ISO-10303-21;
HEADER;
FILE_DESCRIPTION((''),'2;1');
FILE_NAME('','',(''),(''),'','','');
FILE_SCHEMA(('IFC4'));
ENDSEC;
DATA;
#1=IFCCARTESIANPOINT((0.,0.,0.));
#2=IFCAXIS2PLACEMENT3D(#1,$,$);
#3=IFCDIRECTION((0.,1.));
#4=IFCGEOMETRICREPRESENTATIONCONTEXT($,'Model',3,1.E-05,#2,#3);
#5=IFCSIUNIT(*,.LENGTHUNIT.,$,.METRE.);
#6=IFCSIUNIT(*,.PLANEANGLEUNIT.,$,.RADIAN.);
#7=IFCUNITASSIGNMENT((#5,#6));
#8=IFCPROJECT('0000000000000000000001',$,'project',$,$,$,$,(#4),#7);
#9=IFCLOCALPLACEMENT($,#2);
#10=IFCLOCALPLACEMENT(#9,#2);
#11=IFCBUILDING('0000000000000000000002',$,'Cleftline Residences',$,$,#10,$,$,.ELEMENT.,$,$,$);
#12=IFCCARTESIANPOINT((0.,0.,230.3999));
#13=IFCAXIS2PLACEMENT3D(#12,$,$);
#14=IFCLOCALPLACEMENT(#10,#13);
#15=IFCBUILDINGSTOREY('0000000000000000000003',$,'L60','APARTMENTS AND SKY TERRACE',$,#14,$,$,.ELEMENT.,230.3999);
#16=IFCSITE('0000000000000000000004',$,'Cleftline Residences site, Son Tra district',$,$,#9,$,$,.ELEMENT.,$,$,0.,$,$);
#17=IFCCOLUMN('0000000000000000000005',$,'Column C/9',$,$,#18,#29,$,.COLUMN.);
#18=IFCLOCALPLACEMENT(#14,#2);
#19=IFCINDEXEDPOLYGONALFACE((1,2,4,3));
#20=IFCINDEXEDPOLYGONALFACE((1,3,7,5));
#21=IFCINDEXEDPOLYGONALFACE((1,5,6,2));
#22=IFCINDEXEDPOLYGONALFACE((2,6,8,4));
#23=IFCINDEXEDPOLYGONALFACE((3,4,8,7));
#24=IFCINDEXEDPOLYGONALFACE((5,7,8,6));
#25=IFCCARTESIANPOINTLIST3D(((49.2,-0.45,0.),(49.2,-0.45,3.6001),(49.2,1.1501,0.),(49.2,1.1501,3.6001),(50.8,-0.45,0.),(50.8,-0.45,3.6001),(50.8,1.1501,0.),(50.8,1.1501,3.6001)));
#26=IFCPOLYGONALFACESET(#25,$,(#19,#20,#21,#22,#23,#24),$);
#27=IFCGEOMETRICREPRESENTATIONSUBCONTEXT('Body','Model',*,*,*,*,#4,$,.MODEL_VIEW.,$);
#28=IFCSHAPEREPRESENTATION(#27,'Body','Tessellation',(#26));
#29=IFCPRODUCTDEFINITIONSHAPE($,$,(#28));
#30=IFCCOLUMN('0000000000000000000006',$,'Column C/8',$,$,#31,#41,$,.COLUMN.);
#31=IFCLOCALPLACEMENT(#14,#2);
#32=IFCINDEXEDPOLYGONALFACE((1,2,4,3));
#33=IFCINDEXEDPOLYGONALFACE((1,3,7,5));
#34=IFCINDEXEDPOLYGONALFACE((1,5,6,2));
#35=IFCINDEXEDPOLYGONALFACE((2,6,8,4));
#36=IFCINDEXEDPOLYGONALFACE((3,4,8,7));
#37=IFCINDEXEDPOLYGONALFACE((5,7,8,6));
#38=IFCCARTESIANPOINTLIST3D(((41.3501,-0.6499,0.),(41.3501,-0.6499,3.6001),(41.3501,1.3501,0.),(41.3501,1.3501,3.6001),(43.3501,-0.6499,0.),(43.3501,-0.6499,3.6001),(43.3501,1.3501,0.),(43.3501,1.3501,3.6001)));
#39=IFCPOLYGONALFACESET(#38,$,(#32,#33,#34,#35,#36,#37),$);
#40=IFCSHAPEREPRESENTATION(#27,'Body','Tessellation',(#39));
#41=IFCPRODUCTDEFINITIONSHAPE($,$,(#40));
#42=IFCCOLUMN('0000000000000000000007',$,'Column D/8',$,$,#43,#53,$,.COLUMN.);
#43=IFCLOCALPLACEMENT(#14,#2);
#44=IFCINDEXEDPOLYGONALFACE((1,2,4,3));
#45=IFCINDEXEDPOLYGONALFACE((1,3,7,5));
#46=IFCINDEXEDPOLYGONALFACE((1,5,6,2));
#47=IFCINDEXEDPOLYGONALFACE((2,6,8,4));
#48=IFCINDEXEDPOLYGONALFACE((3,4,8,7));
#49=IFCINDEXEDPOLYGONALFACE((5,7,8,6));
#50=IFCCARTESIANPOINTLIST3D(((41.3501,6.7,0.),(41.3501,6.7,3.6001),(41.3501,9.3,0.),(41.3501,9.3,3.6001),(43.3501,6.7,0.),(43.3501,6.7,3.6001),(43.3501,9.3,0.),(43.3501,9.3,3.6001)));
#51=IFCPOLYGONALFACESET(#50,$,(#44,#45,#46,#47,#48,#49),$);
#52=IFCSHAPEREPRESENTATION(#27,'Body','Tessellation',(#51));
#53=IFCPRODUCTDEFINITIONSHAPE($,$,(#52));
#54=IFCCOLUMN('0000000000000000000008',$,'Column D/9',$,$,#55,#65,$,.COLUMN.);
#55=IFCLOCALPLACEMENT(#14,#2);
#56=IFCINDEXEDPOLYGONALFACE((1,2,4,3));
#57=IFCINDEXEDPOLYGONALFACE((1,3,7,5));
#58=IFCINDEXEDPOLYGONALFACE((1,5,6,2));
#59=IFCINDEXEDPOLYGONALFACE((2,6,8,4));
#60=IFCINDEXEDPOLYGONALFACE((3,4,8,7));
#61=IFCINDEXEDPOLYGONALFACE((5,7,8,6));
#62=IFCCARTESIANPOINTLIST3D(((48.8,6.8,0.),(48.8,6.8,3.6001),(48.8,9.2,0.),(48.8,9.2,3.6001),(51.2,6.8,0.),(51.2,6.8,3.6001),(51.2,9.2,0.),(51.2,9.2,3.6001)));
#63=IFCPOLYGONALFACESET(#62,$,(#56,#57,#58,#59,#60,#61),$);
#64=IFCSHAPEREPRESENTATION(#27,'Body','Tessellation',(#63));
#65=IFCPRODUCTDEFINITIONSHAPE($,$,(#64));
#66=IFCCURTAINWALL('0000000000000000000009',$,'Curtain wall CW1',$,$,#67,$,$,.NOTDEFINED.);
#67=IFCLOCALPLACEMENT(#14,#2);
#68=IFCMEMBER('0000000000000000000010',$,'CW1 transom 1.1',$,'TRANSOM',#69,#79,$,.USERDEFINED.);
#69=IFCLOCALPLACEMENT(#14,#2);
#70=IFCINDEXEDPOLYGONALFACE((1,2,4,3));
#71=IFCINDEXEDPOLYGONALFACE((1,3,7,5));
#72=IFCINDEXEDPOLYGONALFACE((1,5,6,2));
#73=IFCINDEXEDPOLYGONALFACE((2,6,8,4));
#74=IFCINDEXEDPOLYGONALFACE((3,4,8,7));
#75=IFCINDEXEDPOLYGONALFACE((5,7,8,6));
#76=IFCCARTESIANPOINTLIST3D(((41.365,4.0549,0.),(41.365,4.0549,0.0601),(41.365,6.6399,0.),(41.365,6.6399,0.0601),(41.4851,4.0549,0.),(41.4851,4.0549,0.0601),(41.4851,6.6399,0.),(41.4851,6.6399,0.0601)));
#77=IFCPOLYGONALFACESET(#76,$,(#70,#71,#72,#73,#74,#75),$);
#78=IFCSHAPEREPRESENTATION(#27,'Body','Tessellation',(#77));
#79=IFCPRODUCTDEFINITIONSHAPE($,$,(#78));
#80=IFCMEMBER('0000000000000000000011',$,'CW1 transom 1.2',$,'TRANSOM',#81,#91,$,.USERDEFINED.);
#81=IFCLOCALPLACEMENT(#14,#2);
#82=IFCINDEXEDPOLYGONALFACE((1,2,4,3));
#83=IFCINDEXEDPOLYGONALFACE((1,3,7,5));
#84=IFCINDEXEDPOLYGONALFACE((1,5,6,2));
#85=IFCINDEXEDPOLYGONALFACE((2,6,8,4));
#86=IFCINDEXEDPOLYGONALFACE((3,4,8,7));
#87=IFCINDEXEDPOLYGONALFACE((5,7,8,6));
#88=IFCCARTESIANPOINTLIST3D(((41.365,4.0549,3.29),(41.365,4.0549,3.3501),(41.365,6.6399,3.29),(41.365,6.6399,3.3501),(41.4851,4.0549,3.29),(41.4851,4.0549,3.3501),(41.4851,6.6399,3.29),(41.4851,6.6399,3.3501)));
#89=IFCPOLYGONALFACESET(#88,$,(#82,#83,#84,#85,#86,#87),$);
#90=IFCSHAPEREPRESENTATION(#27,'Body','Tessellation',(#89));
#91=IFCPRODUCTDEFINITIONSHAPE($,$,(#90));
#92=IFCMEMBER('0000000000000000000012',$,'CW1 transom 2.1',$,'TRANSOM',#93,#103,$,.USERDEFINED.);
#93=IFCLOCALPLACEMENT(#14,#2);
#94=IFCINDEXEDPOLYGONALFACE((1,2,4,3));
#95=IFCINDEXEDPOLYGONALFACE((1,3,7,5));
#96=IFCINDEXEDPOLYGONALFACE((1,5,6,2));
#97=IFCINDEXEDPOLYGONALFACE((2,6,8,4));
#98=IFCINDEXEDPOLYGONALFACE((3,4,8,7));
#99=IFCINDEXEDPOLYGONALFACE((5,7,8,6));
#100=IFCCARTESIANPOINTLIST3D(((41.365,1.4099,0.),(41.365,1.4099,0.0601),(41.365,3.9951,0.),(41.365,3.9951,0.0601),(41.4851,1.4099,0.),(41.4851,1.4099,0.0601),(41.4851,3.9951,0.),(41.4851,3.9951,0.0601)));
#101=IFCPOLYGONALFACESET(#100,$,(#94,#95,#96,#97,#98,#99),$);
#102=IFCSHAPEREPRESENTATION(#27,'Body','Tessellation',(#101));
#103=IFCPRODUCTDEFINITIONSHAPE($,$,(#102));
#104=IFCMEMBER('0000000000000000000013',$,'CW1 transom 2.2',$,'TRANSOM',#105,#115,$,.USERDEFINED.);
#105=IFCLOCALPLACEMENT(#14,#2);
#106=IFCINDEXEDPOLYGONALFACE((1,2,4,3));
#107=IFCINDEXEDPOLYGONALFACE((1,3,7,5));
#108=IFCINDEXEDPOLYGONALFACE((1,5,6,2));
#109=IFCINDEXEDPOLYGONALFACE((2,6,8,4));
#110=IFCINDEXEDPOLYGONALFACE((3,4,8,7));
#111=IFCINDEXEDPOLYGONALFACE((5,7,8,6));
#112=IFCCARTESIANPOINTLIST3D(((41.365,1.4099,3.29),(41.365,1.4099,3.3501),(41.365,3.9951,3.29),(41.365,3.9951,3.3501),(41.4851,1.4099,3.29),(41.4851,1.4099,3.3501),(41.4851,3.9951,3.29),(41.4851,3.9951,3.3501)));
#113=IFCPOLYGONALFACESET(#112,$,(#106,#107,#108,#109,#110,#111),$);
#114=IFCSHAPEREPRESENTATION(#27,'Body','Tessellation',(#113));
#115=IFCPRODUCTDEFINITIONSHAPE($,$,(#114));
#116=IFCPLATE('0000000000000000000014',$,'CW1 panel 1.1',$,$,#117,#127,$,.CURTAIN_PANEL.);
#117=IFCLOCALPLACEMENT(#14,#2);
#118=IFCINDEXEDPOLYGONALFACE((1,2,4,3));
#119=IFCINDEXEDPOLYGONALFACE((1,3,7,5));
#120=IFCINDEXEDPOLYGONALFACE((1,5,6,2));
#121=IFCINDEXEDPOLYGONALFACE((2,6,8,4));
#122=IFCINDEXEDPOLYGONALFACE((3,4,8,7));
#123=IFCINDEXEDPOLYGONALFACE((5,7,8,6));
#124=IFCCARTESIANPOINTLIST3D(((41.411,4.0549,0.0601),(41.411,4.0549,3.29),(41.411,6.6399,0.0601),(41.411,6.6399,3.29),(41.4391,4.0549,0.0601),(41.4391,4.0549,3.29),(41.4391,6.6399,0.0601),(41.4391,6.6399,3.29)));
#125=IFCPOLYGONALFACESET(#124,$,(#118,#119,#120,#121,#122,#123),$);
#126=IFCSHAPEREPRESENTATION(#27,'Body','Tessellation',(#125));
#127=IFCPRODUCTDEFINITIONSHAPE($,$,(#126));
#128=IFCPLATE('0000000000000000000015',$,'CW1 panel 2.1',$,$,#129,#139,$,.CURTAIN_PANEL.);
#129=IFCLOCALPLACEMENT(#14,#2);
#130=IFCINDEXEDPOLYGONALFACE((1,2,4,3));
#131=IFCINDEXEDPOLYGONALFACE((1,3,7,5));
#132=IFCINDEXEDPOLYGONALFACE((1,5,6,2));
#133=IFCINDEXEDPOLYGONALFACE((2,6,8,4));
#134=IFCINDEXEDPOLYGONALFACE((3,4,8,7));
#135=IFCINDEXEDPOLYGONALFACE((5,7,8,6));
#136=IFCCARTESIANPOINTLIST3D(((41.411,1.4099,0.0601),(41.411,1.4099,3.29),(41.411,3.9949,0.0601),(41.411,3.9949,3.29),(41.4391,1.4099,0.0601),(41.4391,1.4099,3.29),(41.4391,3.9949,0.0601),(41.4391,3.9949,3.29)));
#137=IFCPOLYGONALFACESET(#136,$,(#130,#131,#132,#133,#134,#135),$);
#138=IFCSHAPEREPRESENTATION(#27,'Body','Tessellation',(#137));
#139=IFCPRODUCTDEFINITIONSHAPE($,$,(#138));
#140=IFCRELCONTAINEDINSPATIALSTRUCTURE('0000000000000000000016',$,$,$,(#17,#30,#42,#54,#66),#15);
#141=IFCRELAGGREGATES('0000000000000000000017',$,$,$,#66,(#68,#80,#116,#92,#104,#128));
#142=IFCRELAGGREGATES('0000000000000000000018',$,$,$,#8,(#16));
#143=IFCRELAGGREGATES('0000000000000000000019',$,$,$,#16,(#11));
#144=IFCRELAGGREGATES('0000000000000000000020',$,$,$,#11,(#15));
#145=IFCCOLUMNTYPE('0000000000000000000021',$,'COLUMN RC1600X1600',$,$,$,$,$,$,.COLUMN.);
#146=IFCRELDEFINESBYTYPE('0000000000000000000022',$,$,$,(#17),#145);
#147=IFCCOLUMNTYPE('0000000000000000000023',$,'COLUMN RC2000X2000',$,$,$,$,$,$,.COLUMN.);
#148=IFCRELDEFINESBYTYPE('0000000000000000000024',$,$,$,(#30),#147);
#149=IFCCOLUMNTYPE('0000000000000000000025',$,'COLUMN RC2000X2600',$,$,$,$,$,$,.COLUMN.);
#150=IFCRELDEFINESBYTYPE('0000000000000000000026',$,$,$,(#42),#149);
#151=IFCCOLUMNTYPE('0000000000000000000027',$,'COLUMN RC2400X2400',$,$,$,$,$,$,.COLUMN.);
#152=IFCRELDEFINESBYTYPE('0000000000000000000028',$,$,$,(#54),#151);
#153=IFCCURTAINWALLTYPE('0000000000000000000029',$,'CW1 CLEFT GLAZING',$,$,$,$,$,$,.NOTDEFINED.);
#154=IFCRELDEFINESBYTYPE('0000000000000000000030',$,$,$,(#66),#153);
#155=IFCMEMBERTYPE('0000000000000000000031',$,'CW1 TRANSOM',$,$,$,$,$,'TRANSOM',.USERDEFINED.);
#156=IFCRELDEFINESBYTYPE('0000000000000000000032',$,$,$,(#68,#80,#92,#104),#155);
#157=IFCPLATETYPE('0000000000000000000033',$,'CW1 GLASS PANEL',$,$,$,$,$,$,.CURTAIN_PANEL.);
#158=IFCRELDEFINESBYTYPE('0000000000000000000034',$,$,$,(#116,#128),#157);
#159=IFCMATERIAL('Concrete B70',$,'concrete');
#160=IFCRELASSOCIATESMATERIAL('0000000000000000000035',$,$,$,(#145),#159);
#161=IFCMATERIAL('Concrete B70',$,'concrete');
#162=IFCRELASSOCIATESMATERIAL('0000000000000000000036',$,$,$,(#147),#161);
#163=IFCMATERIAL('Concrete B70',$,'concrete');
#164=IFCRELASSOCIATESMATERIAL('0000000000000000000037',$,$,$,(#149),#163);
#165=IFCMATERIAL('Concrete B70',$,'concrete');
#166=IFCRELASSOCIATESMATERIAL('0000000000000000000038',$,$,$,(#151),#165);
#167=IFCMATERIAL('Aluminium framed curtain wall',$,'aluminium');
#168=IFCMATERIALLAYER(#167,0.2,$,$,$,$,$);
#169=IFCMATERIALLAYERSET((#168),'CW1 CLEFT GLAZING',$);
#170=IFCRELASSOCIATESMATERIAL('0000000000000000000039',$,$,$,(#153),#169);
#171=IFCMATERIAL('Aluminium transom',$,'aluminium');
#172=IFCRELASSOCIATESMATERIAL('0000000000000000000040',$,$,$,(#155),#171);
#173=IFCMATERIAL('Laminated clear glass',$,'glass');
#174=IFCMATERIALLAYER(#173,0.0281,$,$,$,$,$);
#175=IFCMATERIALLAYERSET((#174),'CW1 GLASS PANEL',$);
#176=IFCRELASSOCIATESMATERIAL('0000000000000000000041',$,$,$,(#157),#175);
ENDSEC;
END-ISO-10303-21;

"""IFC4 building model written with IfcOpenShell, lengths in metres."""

from ifc_helpers import new_model, si_unit, direction, frame, origin, origin_2d, place, context, subcontext, project, spatial, rectangle, extrude, material, layer, layer_set, material_profile, profile_set, type_object, element, aggregate, save


model = new_model("IFC4")

# Units and contexts
model_context = context("Model", 3, precision=1e-05, world=origin(), true_north=direction((0.0, 1.0)))
body_context = subcontext(model_context, "Body", "Model", "MODEL_VIEW")
ifc_project = project(units=[si_unit("LENGTHUNIT", "METRE"), si_unit("PLANEANGLEUNIT", "RADIAN")], contexts=[model_context])

# Site, building, storey
site_placement = place(None, origin())
site = spatial("IfcSite", under=ifc_project, at=site_placement, Name="Cleftline Residences site, Son Tra district", CompositionType="ELEMENT", RefElevation=0.0)
building_placement = place(site_placement, origin())
building = spatial("IfcBuilding", under=site, at=building_placement, Name="Cleftline Residences", CompositionType="ELEMENT")
storey_placement = place(building_placement, frame((0.0, 0.0, 230.3999)))
storey = spatial("IfcBuildingStorey", under=building, at=storey_placement, Name="L60", Description="APARTMENTS AND SKY TERRACE", CompositionType="ELEMENT", Elevation=230.3999)

# Columns
ifc_material_1 = material(Name="Concrete B70", Category="concrete")
ifc_material_profile_1 = material_profile(ifc_material_1, rectangle(XDim=1.6001, YDim=1.6001, at=origin_2d()))
ifc_profile_set_1 = profile_set([ifc_material_profile_1], Name="Concrete B70")
column_type_1 = type_object("IfcColumnType", Name="COLUMN RC1600X1600", PredefinedType="COLUMN", material=ifc_profile_set_1)
column_1_placement = place(storey_placement, frame((50.0, 0.3501, 0.0), z_axis=(0.0, 0.0, 1.0), x_axis=(1.0, 0.0, 0.0)))
element("IfcColumn", 1, at=column_1_placement, inside=storey, type_object=column_type_1, Name="Column C/9", PredefinedType="COLUMN", context=body_context, shape_type="SweptSolid", body=[
    extrude(rectangle(XDim=1.6001, YDim=1.6001, at=origin_2d()), origin(), (0.0, 0.0, 1.0), 3.6001),
])
ifc_material_2 = material(Name="Concrete B70", Category="concrete")
ifc_material_profile_2 = material_profile(ifc_material_2, rectangle(XDim=2.0, YDim=2.0, at=origin_2d()))
ifc_profile_set_2 = profile_set([ifc_material_profile_2], Name="Concrete B70")
column_type_2 = type_object("IfcColumnType", Name="COLUMN RC2000X2000", PredefinedType="COLUMN", material=ifc_profile_set_2)
column_2_placement = place(storey_placement, frame((42.3501, 0.3501, 0.0), z_axis=(0.0, 0.0, 1.0), x_axis=(1.0, 0.0, 0.0)))
element("IfcColumn", 2, at=column_2_placement, inside=storey, type_object=column_type_2, Name="Column C/8", PredefinedType="COLUMN", context=body_context, shape_type="SweptSolid", body=[
    extrude(rectangle(XDim=2.0, YDim=2.0, at=origin_2d()), origin(), (0.0, 0.0, 1.0), 3.6001),
])
ifc_material_3 = material(Name="Concrete B70", Category="concrete")
ifc_material_profile_3 = material_profile(ifc_material_3, rectangle(XDim=2.0, YDim=2.6001, at=origin_2d()))
ifc_profile_set_3 = profile_set([ifc_material_profile_3], Name="Concrete B70")
column_type_3 = type_object("IfcColumnType", Name="COLUMN RC2000X2600", PredefinedType="COLUMN", material=ifc_profile_set_3)
column_3_placement = place(storey_placement, frame((42.3501, 8.0, 0.0), z_axis=(0.0, 0.0, 1.0), x_axis=(1.0, 0.0, 0.0)))
element("IfcColumn", 3, at=column_3_placement, inside=storey, type_object=column_type_3, Name="Column D/8", PredefinedType="COLUMN", context=body_context, shape_type="SweptSolid", body=[
    extrude(rectangle(XDim=2.0, YDim=2.6001, at=origin_2d()), origin(), (0.0, 0.0, 1.0), 3.6001),
])
ifc_material_4 = material(Name="Concrete B70", Category="concrete")
ifc_material_profile_4 = material_profile(ifc_material_4, rectangle(XDim=2.3999, YDim=2.3999, at=origin_2d()))
ifc_profile_set_4 = profile_set([ifc_material_profile_4], Name="Concrete B70")
column_type_4 = type_object("IfcColumnType", Name="COLUMN RC2400X2400", PredefinedType="COLUMN", material=ifc_profile_set_4)
column_4_placement = place(storey_placement, frame((50.0, 8.0, 0.0), z_axis=(0.0, 0.0, 1.0), x_axis=(1.0, 0.0, 0.0)))
element("IfcColumn", 4, at=column_4_placement, inside=storey, type_object=column_type_4, Name="Column D/9", PredefinedType="COLUMN", context=body_context, shape_type="SweptSolid", body=[
    extrude(rectangle(XDim=2.3999, YDim=2.3999, at=origin_2d()), origin(), (0.0, 0.0, 1.0), 3.6001),
])

# Curtain wall, members, plates
ifc_material_5 = material(Name="Aluminium framed curtain wall", Category="aluminium")
ifc_layer_1 = layer(ifc_material_5, 0.2)
ifc_layer_set_1 = layer_set([ifc_layer_1], Name="CW1 CLEFT GLAZING")
curtain_wall_type = type_object("IfcCurtainWallType", Name="CW1 CLEFT GLAZING", PredefinedType="NOTDEFINED", material=ifc_layer_set_1)
curtain_wall_placement = place(storey_placement, origin())
curtain_wall = element("IfcCurtainWall", 5, at=curtain_wall_placement, inside=storey, type_object=curtain_wall_type, Name="Curtain wall CW1", PredefinedType="NOTDEFINED")
ifc_material_6 = material(Name="Aluminium transom", Category="aluminium")
ifc_material_profile_5 = material_profile(ifc_material_6, rectangle(XDim=0.1201, YDim=0.0601, at=origin_2d()))
ifc_profile_set_5 = profile_set([ifc_material_profile_5], Name="Aluminium transom")
member_type = type_object("IfcMemberType", Name="CW1 TRANSOM", ElementType="TRANSOM", PredefinedType="USERDEFINED", material=ifc_profile_set_5)
member_1_placement = place(storey_placement, frame((41.425, 6.6399, 0.03), z_axis=(0.0, -1.0, 0.0), x_axis=(1.0, 0.0, 0.0)))
member_1 = element("IfcMember", 6, at=member_1_placement, type_object=member_type, Name="CW1 transom 1.1", ObjectType="TRANSOM", PredefinedType="USERDEFINED", context=body_context, shape_type="SweptSolid", body=[
    extrude(rectangle(XDim=0.1201, YDim=0.0601, at=origin_2d()), origin(), (0.0, 0.0, 1.0), 2.585),
])
member_2_placement = place(storey_placement, frame((41.425, 6.6399, 3.3201), z_axis=(0.0, -1.0, 0.0), x_axis=(1.0, 0.0, 0.0)))
member_2 = element("IfcMember", 7, at=member_2_placement, type_object=member_type, Name="CW1 transom 1.2", ObjectType="TRANSOM", PredefinedType="USERDEFINED", context=body_context, shape_type="SweptSolid", body=[
    extrude(rectangle(XDim=0.1201, YDim=0.0601, at=origin_2d()), origin(), (0.0, 0.0, 1.0), 2.585),
])
member_3_placement = place(storey_placement, frame((41.425, 3.9951, 0.03), z_axis=(0.0, -1.0, 0.0), x_axis=(1.0, 0.0, 0.0)))
member_3 = element("IfcMember", 8, at=member_3_placement, type_object=member_type, Name="CW1 transom 2.1", ObjectType="TRANSOM", PredefinedType="USERDEFINED", context=body_context, shape_type="SweptSolid", body=[
    extrude(rectangle(XDim=0.1201, YDim=0.0601, at=origin_2d()), origin(), (0.0, 0.0, 1.0), 2.5852),
])
member_4_placement = place(storey_placement, frame((41.425, 3.9951, 3.3201), z_axis=(0.0, -1.0, 0.0), x_axis=(1.0, 0.0, 0.0)))
member_4 = element("IfcMember", 9, at=member_4_placement, type_object=member_type, Name="CW1 transom 2.2", ObjectType="TRANSOM", PredefinedType="USERDEFINED", context=body_context, shape_type="SweptSolid", body=[
    extrude(rectangle(XDim=0.1201, YDim=0.0601, at=origin_2d()), origin(), (0.0, 0.0, 1.0), 2.5852),
])
ifc_material_7 = material(Name="Laminated clear glass", Category="glass")
ifc_layer_2 = layer(ifc_material_7, 0.0281)
ifc_layer_set_2 = layer_set([ifc_layer_2], Name="CW1 GLASS PANEL")
plate_type = type_object("IfcPlateType", Name="CW1 GLASS PANEL", PredefinedType="CURTAIN_PANEL", material=ifc_layer_set_2)
plate_1_placement = place(storey_placement, frame((41.425, 5.3474, 0.0601), z_axis=(0.0, 0.0, 1.0), x_axis=(0.0, -1.0, 0.0)))
plate_1 = element("IfcPlate", 10, at=plate_1_placement, type_object=plate_type, Name="CW1 panel 1.1", PredefinedType="CURTAIN_PANEL", context=body_context, shape_type="SweptSolid", body=[
    extrude(rectangle(XDim=2.585, YDim=0.0281, at=origin_2d()), origin(), (0.0, 0.0, 1.0), 3.23),
])
plate_2_placement = place(storey_placement, frame((41.425, 2.7024, 0.0601), z_axis=(0.0, 0.0, 1.0), x_axis=(0.0, -1.0, 0.0)))
plate_2 = element("IfcPlate", 11, at=plate_2_placement, type_object=plate_type, Name="CW1 panel 2.1", PredefinedType="CURTAIN_PANEL", context=body_context, shape_type="SweptSolid", body=[
    extrude(rectangle(XDim=2.585, YDim=0.0281, at=origin_2d()), origin(), (0.0, 0.0, 1.0), 3.23),
])
aggregate(curtain_wall, [member_1, member_2, plate_1, member_3, member_4, plate_2])

save(model, "model.ifc")
